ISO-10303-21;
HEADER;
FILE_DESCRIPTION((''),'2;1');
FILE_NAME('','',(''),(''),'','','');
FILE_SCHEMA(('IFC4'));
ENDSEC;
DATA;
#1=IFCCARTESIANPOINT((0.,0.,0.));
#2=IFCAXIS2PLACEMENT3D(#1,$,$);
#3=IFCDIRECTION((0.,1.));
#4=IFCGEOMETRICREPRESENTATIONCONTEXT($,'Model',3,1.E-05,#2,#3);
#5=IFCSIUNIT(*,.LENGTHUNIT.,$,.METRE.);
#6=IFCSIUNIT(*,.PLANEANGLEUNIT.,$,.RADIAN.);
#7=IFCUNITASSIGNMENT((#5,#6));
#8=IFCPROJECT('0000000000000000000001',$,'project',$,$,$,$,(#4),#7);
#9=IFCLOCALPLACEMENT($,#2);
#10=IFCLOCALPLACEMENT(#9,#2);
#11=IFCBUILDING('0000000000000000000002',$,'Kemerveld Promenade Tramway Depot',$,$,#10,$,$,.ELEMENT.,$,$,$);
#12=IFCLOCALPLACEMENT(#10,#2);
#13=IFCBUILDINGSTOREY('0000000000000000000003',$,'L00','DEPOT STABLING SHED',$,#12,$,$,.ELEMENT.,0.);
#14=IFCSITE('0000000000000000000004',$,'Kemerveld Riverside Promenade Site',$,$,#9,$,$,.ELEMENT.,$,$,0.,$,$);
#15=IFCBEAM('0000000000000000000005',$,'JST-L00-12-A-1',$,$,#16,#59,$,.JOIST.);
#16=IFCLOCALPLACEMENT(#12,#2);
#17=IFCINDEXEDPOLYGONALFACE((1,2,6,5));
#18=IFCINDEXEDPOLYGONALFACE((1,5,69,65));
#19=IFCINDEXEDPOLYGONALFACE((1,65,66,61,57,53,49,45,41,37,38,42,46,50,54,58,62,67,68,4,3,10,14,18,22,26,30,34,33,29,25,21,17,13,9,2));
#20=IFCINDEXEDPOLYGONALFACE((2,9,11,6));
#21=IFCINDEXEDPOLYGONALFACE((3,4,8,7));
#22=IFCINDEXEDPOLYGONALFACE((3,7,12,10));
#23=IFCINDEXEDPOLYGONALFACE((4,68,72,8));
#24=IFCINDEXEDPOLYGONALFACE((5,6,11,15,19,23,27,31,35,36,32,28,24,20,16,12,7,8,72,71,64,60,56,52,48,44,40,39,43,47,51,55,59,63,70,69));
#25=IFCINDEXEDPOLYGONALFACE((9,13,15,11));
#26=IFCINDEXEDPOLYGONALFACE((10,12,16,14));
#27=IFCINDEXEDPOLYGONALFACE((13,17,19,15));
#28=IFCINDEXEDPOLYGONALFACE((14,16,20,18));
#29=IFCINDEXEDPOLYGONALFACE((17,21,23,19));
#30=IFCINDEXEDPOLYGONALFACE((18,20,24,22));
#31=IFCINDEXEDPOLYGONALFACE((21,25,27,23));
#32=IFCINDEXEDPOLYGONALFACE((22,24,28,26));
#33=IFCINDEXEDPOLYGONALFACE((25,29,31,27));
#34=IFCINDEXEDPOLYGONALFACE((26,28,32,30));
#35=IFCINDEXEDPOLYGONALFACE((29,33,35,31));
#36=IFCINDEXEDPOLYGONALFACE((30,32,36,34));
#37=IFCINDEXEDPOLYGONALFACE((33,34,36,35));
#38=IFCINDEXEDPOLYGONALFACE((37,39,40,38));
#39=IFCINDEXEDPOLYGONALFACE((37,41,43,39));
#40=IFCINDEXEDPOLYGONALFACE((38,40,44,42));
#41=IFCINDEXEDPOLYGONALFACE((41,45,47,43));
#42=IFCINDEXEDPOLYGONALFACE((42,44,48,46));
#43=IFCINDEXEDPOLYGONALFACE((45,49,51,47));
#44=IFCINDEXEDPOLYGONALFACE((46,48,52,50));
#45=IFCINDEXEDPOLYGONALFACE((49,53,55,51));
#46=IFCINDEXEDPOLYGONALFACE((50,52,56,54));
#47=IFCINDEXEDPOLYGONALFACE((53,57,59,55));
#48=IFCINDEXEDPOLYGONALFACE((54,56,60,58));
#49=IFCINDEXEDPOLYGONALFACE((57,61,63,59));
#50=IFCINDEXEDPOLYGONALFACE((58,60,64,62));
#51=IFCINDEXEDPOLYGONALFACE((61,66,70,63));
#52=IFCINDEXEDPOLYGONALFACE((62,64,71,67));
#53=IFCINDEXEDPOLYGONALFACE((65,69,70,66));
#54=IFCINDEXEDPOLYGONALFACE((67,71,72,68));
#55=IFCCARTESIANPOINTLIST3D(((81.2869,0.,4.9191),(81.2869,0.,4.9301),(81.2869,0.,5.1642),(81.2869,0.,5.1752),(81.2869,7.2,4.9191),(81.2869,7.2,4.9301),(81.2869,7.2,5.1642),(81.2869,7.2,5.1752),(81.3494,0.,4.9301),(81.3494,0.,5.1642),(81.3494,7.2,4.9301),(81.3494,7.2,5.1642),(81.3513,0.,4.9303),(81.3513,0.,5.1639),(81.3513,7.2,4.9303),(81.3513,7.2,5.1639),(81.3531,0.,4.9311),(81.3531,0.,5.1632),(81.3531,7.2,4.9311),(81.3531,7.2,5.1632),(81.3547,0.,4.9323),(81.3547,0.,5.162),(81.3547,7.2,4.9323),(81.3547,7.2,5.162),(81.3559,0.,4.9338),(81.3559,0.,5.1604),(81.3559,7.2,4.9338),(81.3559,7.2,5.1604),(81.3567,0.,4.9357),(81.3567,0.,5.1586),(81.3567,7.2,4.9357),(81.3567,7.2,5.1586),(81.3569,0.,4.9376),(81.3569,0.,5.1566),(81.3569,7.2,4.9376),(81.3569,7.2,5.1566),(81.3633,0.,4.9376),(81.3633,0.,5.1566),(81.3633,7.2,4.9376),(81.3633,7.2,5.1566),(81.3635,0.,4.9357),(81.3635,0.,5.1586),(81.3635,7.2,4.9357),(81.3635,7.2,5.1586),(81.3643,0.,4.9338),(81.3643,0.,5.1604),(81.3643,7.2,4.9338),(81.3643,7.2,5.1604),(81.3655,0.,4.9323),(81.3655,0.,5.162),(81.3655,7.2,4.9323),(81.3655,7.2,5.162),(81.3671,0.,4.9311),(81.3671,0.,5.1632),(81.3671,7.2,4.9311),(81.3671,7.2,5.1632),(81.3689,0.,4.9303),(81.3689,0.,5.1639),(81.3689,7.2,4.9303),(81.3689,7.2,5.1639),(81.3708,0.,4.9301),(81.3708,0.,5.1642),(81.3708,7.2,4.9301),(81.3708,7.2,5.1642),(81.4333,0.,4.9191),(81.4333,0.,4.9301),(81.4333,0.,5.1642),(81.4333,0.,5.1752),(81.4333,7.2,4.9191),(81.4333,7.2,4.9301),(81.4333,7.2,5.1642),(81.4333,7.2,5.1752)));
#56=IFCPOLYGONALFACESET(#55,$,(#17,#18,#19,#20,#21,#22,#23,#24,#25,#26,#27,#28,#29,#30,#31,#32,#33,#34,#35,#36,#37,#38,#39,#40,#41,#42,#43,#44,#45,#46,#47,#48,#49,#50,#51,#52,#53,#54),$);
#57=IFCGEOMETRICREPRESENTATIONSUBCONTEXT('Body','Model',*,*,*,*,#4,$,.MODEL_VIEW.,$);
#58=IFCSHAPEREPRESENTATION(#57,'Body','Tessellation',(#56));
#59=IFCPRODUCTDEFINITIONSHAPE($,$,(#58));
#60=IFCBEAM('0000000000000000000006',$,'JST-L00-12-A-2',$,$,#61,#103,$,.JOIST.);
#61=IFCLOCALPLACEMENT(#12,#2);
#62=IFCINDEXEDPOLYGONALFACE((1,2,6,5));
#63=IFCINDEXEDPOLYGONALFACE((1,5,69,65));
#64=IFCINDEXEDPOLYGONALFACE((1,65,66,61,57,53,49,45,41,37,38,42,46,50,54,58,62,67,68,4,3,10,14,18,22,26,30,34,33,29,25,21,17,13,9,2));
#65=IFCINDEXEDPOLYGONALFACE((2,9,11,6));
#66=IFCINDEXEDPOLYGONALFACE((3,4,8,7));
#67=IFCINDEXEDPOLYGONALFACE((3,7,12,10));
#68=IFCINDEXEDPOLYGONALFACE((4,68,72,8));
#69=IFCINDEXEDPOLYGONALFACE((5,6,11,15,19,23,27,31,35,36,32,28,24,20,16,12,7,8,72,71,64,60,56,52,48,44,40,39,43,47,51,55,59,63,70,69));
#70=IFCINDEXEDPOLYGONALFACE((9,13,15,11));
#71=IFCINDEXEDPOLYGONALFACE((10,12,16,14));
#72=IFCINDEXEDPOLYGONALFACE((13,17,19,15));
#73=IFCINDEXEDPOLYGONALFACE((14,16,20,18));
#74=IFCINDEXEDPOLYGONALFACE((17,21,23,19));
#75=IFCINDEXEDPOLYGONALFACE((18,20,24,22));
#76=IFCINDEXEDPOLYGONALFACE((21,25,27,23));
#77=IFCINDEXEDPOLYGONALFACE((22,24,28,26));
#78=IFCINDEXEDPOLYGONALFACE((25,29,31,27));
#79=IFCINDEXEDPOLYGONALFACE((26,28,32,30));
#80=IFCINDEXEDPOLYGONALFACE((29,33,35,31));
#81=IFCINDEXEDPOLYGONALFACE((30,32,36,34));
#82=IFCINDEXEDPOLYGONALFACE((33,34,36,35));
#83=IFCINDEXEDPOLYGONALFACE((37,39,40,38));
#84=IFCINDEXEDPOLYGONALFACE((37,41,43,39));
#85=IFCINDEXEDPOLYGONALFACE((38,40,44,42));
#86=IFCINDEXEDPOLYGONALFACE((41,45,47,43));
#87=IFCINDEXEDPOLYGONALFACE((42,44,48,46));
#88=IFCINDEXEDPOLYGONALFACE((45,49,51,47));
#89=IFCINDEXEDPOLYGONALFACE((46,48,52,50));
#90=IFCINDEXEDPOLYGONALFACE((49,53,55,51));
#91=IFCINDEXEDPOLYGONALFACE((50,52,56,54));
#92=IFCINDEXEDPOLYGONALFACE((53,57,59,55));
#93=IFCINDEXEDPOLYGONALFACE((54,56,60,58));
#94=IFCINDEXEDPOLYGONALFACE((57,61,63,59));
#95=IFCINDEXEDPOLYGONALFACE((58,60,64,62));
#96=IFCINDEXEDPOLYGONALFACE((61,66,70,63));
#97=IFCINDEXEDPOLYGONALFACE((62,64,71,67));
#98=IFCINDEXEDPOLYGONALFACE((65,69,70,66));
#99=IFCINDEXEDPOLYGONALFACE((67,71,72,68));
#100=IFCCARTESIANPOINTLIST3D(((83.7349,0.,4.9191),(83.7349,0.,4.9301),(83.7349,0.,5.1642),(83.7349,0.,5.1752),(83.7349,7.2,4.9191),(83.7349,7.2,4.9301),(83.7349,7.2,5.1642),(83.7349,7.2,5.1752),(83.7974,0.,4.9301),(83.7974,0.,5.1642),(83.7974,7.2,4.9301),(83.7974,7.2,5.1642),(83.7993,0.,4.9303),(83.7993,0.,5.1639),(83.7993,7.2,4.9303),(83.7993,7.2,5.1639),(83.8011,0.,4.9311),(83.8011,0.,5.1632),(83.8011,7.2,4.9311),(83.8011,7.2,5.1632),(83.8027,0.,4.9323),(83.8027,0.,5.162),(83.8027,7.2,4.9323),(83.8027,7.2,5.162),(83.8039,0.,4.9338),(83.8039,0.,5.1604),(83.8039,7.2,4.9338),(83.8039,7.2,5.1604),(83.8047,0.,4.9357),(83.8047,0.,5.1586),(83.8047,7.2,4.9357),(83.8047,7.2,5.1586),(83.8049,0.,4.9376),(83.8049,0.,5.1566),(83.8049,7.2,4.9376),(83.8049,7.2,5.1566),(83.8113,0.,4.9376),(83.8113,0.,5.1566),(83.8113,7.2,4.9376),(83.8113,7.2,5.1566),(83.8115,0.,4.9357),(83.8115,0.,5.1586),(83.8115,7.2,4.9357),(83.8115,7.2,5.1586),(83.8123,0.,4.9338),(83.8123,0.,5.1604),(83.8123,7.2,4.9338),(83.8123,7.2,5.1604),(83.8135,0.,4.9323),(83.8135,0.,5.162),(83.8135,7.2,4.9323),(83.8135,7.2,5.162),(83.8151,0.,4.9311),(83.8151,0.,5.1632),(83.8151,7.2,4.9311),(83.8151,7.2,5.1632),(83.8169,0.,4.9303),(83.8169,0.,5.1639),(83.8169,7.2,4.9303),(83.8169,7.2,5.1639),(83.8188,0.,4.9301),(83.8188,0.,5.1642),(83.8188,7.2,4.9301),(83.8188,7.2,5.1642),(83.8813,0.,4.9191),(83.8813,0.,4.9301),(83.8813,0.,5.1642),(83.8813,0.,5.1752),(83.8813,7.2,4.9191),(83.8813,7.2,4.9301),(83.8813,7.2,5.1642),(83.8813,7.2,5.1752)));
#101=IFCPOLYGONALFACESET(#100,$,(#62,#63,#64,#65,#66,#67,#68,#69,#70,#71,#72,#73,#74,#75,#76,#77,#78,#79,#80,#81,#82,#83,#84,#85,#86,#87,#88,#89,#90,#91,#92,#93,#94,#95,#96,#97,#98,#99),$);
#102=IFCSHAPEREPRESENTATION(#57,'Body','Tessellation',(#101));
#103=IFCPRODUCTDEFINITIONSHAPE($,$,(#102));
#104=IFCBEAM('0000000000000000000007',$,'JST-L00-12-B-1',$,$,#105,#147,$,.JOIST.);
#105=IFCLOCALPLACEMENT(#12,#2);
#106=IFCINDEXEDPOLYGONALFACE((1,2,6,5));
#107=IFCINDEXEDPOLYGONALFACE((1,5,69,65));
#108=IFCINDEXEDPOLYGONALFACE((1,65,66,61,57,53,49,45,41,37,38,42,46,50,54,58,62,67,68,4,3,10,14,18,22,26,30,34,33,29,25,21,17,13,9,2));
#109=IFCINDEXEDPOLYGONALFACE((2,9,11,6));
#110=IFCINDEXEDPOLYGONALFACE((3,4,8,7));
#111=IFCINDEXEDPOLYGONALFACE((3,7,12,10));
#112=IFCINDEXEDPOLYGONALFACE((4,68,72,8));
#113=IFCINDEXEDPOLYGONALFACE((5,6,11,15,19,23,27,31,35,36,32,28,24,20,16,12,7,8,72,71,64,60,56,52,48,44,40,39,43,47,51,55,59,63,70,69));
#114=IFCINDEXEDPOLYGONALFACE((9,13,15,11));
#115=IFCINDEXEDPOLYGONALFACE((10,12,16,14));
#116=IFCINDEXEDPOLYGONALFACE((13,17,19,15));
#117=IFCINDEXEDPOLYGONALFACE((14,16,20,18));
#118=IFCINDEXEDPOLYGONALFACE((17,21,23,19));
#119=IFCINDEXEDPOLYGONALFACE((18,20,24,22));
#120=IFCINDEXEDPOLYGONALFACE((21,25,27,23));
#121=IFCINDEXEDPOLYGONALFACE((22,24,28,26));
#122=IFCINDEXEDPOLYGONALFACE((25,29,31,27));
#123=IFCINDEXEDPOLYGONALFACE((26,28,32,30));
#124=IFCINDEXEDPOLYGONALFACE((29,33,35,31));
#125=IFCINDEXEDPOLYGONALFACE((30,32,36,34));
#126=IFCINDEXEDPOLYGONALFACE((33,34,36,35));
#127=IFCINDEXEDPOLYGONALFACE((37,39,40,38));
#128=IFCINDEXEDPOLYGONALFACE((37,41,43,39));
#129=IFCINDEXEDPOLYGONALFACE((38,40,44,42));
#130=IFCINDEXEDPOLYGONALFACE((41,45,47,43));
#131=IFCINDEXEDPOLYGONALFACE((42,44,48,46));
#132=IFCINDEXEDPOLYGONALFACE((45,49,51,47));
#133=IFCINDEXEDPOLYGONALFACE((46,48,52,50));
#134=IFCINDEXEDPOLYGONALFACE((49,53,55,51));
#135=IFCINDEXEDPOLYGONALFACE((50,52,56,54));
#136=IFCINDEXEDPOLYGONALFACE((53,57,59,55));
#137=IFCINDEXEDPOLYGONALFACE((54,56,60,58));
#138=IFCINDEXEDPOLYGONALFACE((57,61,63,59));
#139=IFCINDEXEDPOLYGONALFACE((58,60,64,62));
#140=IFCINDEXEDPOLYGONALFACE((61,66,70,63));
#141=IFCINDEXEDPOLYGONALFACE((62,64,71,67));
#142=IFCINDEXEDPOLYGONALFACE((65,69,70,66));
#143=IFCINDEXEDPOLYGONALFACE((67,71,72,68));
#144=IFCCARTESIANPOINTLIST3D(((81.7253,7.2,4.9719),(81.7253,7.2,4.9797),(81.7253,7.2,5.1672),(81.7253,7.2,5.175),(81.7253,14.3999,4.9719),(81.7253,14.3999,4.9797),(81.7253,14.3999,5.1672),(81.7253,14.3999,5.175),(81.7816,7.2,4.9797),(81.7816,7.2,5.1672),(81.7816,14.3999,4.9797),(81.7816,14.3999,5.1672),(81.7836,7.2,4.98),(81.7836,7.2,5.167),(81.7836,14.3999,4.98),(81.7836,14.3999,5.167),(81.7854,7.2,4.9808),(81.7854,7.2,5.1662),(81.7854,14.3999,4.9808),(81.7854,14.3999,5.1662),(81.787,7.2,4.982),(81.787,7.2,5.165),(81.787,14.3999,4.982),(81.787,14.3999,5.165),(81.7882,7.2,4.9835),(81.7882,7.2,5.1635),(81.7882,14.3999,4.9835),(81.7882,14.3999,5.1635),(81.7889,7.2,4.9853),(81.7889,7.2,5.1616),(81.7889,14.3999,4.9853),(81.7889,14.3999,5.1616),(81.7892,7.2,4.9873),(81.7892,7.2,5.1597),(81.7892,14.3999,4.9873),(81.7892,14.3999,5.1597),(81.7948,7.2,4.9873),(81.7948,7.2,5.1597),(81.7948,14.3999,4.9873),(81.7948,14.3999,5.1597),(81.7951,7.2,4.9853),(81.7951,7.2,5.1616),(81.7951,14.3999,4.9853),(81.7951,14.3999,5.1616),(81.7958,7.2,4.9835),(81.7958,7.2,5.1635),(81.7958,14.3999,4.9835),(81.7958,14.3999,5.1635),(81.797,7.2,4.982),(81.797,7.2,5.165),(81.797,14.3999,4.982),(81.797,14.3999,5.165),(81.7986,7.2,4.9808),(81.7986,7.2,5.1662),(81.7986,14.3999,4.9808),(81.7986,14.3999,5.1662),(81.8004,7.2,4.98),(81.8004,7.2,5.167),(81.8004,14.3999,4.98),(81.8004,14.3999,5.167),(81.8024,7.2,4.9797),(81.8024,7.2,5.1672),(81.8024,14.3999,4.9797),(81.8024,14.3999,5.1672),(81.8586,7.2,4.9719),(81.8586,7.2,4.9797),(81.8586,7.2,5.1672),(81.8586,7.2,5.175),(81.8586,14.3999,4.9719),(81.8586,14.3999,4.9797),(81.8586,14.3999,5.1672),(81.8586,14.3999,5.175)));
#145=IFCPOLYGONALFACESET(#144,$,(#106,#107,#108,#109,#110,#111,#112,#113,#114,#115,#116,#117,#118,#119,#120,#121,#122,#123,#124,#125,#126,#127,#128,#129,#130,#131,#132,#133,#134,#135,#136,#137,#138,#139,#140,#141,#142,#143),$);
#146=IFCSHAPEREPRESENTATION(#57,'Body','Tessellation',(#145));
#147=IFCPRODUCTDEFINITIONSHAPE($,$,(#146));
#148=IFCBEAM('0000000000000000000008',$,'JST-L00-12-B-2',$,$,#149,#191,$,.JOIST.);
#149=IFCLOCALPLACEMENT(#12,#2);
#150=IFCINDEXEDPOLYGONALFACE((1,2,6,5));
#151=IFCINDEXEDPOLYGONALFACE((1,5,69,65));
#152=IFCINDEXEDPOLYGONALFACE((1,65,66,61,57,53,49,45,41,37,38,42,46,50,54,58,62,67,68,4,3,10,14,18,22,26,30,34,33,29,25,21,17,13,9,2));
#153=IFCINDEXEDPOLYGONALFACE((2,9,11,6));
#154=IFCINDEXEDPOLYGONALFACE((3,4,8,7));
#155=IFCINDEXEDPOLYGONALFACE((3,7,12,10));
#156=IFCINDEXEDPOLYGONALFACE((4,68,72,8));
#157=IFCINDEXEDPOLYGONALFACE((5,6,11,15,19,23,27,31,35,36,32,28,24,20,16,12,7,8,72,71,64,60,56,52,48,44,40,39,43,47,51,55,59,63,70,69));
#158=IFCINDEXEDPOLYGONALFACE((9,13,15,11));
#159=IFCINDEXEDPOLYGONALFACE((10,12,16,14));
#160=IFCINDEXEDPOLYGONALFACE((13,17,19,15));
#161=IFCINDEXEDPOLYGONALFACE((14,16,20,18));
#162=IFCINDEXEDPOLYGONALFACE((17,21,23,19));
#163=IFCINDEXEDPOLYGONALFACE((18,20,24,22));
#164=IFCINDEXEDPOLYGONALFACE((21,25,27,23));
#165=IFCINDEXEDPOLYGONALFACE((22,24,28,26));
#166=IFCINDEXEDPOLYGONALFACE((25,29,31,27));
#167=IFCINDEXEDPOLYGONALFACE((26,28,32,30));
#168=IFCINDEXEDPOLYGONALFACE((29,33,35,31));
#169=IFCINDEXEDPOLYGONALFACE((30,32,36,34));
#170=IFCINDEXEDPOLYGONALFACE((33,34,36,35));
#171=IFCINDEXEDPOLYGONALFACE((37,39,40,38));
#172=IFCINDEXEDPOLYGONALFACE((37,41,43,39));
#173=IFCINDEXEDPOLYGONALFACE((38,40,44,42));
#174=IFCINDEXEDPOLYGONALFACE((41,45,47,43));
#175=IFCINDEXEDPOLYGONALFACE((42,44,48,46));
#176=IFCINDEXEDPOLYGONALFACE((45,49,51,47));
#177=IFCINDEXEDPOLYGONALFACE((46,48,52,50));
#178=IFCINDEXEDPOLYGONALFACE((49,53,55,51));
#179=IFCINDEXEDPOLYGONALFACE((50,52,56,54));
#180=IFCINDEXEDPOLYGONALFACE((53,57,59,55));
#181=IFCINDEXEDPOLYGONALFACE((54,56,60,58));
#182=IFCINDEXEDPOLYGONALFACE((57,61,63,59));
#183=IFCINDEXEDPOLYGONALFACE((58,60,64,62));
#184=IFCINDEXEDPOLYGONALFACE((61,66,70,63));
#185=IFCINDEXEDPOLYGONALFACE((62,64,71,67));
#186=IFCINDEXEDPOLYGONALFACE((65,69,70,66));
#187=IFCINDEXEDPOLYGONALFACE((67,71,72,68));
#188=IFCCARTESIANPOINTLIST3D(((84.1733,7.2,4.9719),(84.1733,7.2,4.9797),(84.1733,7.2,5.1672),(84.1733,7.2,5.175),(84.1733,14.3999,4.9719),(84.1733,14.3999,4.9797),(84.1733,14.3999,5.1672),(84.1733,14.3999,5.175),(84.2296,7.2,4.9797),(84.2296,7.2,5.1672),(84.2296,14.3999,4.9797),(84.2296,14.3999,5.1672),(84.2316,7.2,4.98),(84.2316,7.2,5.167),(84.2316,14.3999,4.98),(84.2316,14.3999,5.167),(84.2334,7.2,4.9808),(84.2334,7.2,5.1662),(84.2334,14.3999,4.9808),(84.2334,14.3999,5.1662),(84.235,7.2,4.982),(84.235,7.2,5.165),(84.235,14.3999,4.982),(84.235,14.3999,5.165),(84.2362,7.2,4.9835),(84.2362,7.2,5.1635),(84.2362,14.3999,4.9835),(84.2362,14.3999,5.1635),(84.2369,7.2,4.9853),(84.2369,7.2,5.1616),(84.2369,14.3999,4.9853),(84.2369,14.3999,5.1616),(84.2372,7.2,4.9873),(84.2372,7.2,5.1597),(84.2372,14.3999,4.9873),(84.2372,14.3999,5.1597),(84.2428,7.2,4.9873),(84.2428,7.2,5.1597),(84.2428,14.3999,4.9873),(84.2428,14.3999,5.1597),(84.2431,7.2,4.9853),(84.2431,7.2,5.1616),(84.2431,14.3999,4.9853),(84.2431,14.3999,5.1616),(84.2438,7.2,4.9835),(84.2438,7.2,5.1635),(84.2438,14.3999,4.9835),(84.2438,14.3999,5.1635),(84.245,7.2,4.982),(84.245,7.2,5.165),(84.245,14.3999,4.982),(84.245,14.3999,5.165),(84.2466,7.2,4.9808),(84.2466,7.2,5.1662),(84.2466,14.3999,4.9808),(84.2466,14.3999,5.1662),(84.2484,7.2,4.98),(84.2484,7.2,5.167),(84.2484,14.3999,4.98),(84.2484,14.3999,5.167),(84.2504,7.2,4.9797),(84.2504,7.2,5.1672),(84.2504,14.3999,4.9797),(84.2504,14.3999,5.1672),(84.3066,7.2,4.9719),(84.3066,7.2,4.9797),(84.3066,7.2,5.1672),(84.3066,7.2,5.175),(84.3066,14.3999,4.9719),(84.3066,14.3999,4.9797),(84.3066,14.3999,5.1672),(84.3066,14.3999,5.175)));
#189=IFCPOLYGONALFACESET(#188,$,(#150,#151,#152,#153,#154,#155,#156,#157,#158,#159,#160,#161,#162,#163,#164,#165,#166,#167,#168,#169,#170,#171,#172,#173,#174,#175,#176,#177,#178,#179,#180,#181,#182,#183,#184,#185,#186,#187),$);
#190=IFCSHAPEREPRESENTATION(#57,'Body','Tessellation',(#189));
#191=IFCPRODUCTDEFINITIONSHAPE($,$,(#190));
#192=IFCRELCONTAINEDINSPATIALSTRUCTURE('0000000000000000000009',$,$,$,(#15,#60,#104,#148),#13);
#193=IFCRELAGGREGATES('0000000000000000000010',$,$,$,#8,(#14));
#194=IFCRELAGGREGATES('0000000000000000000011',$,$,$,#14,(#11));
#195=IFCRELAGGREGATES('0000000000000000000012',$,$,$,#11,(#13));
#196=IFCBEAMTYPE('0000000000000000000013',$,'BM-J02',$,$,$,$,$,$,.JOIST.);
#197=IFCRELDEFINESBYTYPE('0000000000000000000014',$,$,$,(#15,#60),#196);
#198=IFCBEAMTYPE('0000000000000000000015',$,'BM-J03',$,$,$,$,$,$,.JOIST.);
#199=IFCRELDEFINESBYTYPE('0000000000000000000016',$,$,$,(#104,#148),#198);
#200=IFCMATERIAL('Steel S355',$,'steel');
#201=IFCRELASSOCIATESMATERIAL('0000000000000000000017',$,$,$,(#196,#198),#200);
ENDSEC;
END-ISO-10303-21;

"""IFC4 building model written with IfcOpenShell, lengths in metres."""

from ifc_helpers import new_model, si_unit, direction, frame, origin, origin_2d, place, context, subcontext, project, spatial, i_section, extrude, material, material_profile, profile_set, type_object, element, save


model = new_model("IFC4")

# Units and contexts
model_context = context("Model", 3, precision=1e-05, world=origin(), true_north=direction((0.0, 1.0)))
body_context = subcontext(model_context, "Body", "Model", "MODEL_VIEW")
ifc_project = project(units=[si_unit("LENGTHUNIT", "METRE"), si_unit("PLANEANGLEUNIT", "RADIAN")], contexts=[model_context])

# Site, building, storey
site_placement = place(None, origin())
site = spatial("IfcSite", under=ifc_project, at=site_placement, Name="Kemerveld Riverside Promenade Site", CompositionType="ELEMENT", RefElevation=0.0)
building_placement = place(site_placement, origin())
building = spatial("IfcBuilding", under=site, at=building_placement, Name="Kemerveld Promenade Tramway Depot", CompositionType="ELEMENT")
storey_placement = place(building_placement, origin())
storey = spatial("IfcBuildingStorey", under=building, at=storey_placement, Name="L00", Description="DEPOT STABLING SHED", CompositionType="ELEMENT", Elevation=0.0)

# Shared definitions
ifc_material_1 = material(Name="Steel S355", Category="steel")

# Beams
ifc_material_profile_1 = material_profile(ifc_material_1, i_section(OverallWidth=0.1465, OverallDepth=0.2561, WebThickness=0.0063, FlangeThickness=0.011, FilletRadius=0.0076, at=origin_2d()), Name="254x146x37 UB")
ifc_profile_set_1 = profile_set([ifc_material_profile_1], Name="Steel S355")
beam_type_1 = type_object("IfcBeamType", Name="BM-J02", PredefinedType="JOIST", material=ifc_profile_set_1)
for number, where, z_axis, x_axis, name in (
    (1, (81.3601, 0.0, 5.0471), (0.0, 1.0, 0.0), (-1.0, 0.0, 0.0), "JST-L00-12-A-1"),
    (2, (83.8081, 0.0, 5.0471), (0.0, 1.0, 0.0), (-1.0, 0.0, 0.0), "JST-L00-12-A-2"),
):
    element("IfcBeam", number, at=place(storey_placement, frame(where, z_axis=z_axis, x_axis=x_axis)), inside=storey, type_object=beam_type_1, Name=name, PredefinedType="JOIST", context=body_context, shape_type="SweptSolid", body=[
        extrude(i_section(OverallWidth=0.1465, OverallDepth=0.2561, WebThickness=0.0063, FlangeThickness=0.011, FilletRadius=0.0076, at=origin_2d()), origin(), (0.0, 0.0, 1.0), 7.2),
    ])
ifc_material_profile_2 = material_profile(ifc_material_1, i_section(OverallWidth=0.1333, OverallDepth=0.2031, WebThickness=0.0056, FlangeThickness=0.0078, FilletRadius=0.0076, at=origin_2d()), Name="203x133x25 UB")
ifc_profile_set_2 = profile_set([ifc_material_profile_2], Name="Steel S355")
beam_type_2 = type_object("IfcBeamType", Name="BM-J03", PredefinedType="JOIST", material=ifc_profile_set_2)
for number, where, z_axis, x_axis, name in (
    (3, (81.792, 7.2, 5.0735), (0.0, 1.0, 0.0), (-1.0, 0.0, 0.0), "JST-L00-12-B-1"),
    (4, (84.24, 7.2, 5.0735), (0.0, 1.0, 0.0), (-1.0, 0.0, 0.0), "JST-L00-12-B-2"),
):
    element("IfcBeam", number, at=place(storey_placement, frame(where, z_axis=z_axis, x_axis=x_axis)), inside=storey, type_object=beam_type_2, Name=name, PredefinedType="JOIST", context=body_context, shape_type="SweptSolid", body=[
        extrude(i_section(OverallWidth=0.1333, OverallDepth=0.2031, WebThickness=0.0056, FlangeThickness=0.0078, FilletRadius=0.0076, at=origin_2d()), origin(), (0.0, 0.0, 1.0), 7.2),
    ])

save(model, "model.ifc")
